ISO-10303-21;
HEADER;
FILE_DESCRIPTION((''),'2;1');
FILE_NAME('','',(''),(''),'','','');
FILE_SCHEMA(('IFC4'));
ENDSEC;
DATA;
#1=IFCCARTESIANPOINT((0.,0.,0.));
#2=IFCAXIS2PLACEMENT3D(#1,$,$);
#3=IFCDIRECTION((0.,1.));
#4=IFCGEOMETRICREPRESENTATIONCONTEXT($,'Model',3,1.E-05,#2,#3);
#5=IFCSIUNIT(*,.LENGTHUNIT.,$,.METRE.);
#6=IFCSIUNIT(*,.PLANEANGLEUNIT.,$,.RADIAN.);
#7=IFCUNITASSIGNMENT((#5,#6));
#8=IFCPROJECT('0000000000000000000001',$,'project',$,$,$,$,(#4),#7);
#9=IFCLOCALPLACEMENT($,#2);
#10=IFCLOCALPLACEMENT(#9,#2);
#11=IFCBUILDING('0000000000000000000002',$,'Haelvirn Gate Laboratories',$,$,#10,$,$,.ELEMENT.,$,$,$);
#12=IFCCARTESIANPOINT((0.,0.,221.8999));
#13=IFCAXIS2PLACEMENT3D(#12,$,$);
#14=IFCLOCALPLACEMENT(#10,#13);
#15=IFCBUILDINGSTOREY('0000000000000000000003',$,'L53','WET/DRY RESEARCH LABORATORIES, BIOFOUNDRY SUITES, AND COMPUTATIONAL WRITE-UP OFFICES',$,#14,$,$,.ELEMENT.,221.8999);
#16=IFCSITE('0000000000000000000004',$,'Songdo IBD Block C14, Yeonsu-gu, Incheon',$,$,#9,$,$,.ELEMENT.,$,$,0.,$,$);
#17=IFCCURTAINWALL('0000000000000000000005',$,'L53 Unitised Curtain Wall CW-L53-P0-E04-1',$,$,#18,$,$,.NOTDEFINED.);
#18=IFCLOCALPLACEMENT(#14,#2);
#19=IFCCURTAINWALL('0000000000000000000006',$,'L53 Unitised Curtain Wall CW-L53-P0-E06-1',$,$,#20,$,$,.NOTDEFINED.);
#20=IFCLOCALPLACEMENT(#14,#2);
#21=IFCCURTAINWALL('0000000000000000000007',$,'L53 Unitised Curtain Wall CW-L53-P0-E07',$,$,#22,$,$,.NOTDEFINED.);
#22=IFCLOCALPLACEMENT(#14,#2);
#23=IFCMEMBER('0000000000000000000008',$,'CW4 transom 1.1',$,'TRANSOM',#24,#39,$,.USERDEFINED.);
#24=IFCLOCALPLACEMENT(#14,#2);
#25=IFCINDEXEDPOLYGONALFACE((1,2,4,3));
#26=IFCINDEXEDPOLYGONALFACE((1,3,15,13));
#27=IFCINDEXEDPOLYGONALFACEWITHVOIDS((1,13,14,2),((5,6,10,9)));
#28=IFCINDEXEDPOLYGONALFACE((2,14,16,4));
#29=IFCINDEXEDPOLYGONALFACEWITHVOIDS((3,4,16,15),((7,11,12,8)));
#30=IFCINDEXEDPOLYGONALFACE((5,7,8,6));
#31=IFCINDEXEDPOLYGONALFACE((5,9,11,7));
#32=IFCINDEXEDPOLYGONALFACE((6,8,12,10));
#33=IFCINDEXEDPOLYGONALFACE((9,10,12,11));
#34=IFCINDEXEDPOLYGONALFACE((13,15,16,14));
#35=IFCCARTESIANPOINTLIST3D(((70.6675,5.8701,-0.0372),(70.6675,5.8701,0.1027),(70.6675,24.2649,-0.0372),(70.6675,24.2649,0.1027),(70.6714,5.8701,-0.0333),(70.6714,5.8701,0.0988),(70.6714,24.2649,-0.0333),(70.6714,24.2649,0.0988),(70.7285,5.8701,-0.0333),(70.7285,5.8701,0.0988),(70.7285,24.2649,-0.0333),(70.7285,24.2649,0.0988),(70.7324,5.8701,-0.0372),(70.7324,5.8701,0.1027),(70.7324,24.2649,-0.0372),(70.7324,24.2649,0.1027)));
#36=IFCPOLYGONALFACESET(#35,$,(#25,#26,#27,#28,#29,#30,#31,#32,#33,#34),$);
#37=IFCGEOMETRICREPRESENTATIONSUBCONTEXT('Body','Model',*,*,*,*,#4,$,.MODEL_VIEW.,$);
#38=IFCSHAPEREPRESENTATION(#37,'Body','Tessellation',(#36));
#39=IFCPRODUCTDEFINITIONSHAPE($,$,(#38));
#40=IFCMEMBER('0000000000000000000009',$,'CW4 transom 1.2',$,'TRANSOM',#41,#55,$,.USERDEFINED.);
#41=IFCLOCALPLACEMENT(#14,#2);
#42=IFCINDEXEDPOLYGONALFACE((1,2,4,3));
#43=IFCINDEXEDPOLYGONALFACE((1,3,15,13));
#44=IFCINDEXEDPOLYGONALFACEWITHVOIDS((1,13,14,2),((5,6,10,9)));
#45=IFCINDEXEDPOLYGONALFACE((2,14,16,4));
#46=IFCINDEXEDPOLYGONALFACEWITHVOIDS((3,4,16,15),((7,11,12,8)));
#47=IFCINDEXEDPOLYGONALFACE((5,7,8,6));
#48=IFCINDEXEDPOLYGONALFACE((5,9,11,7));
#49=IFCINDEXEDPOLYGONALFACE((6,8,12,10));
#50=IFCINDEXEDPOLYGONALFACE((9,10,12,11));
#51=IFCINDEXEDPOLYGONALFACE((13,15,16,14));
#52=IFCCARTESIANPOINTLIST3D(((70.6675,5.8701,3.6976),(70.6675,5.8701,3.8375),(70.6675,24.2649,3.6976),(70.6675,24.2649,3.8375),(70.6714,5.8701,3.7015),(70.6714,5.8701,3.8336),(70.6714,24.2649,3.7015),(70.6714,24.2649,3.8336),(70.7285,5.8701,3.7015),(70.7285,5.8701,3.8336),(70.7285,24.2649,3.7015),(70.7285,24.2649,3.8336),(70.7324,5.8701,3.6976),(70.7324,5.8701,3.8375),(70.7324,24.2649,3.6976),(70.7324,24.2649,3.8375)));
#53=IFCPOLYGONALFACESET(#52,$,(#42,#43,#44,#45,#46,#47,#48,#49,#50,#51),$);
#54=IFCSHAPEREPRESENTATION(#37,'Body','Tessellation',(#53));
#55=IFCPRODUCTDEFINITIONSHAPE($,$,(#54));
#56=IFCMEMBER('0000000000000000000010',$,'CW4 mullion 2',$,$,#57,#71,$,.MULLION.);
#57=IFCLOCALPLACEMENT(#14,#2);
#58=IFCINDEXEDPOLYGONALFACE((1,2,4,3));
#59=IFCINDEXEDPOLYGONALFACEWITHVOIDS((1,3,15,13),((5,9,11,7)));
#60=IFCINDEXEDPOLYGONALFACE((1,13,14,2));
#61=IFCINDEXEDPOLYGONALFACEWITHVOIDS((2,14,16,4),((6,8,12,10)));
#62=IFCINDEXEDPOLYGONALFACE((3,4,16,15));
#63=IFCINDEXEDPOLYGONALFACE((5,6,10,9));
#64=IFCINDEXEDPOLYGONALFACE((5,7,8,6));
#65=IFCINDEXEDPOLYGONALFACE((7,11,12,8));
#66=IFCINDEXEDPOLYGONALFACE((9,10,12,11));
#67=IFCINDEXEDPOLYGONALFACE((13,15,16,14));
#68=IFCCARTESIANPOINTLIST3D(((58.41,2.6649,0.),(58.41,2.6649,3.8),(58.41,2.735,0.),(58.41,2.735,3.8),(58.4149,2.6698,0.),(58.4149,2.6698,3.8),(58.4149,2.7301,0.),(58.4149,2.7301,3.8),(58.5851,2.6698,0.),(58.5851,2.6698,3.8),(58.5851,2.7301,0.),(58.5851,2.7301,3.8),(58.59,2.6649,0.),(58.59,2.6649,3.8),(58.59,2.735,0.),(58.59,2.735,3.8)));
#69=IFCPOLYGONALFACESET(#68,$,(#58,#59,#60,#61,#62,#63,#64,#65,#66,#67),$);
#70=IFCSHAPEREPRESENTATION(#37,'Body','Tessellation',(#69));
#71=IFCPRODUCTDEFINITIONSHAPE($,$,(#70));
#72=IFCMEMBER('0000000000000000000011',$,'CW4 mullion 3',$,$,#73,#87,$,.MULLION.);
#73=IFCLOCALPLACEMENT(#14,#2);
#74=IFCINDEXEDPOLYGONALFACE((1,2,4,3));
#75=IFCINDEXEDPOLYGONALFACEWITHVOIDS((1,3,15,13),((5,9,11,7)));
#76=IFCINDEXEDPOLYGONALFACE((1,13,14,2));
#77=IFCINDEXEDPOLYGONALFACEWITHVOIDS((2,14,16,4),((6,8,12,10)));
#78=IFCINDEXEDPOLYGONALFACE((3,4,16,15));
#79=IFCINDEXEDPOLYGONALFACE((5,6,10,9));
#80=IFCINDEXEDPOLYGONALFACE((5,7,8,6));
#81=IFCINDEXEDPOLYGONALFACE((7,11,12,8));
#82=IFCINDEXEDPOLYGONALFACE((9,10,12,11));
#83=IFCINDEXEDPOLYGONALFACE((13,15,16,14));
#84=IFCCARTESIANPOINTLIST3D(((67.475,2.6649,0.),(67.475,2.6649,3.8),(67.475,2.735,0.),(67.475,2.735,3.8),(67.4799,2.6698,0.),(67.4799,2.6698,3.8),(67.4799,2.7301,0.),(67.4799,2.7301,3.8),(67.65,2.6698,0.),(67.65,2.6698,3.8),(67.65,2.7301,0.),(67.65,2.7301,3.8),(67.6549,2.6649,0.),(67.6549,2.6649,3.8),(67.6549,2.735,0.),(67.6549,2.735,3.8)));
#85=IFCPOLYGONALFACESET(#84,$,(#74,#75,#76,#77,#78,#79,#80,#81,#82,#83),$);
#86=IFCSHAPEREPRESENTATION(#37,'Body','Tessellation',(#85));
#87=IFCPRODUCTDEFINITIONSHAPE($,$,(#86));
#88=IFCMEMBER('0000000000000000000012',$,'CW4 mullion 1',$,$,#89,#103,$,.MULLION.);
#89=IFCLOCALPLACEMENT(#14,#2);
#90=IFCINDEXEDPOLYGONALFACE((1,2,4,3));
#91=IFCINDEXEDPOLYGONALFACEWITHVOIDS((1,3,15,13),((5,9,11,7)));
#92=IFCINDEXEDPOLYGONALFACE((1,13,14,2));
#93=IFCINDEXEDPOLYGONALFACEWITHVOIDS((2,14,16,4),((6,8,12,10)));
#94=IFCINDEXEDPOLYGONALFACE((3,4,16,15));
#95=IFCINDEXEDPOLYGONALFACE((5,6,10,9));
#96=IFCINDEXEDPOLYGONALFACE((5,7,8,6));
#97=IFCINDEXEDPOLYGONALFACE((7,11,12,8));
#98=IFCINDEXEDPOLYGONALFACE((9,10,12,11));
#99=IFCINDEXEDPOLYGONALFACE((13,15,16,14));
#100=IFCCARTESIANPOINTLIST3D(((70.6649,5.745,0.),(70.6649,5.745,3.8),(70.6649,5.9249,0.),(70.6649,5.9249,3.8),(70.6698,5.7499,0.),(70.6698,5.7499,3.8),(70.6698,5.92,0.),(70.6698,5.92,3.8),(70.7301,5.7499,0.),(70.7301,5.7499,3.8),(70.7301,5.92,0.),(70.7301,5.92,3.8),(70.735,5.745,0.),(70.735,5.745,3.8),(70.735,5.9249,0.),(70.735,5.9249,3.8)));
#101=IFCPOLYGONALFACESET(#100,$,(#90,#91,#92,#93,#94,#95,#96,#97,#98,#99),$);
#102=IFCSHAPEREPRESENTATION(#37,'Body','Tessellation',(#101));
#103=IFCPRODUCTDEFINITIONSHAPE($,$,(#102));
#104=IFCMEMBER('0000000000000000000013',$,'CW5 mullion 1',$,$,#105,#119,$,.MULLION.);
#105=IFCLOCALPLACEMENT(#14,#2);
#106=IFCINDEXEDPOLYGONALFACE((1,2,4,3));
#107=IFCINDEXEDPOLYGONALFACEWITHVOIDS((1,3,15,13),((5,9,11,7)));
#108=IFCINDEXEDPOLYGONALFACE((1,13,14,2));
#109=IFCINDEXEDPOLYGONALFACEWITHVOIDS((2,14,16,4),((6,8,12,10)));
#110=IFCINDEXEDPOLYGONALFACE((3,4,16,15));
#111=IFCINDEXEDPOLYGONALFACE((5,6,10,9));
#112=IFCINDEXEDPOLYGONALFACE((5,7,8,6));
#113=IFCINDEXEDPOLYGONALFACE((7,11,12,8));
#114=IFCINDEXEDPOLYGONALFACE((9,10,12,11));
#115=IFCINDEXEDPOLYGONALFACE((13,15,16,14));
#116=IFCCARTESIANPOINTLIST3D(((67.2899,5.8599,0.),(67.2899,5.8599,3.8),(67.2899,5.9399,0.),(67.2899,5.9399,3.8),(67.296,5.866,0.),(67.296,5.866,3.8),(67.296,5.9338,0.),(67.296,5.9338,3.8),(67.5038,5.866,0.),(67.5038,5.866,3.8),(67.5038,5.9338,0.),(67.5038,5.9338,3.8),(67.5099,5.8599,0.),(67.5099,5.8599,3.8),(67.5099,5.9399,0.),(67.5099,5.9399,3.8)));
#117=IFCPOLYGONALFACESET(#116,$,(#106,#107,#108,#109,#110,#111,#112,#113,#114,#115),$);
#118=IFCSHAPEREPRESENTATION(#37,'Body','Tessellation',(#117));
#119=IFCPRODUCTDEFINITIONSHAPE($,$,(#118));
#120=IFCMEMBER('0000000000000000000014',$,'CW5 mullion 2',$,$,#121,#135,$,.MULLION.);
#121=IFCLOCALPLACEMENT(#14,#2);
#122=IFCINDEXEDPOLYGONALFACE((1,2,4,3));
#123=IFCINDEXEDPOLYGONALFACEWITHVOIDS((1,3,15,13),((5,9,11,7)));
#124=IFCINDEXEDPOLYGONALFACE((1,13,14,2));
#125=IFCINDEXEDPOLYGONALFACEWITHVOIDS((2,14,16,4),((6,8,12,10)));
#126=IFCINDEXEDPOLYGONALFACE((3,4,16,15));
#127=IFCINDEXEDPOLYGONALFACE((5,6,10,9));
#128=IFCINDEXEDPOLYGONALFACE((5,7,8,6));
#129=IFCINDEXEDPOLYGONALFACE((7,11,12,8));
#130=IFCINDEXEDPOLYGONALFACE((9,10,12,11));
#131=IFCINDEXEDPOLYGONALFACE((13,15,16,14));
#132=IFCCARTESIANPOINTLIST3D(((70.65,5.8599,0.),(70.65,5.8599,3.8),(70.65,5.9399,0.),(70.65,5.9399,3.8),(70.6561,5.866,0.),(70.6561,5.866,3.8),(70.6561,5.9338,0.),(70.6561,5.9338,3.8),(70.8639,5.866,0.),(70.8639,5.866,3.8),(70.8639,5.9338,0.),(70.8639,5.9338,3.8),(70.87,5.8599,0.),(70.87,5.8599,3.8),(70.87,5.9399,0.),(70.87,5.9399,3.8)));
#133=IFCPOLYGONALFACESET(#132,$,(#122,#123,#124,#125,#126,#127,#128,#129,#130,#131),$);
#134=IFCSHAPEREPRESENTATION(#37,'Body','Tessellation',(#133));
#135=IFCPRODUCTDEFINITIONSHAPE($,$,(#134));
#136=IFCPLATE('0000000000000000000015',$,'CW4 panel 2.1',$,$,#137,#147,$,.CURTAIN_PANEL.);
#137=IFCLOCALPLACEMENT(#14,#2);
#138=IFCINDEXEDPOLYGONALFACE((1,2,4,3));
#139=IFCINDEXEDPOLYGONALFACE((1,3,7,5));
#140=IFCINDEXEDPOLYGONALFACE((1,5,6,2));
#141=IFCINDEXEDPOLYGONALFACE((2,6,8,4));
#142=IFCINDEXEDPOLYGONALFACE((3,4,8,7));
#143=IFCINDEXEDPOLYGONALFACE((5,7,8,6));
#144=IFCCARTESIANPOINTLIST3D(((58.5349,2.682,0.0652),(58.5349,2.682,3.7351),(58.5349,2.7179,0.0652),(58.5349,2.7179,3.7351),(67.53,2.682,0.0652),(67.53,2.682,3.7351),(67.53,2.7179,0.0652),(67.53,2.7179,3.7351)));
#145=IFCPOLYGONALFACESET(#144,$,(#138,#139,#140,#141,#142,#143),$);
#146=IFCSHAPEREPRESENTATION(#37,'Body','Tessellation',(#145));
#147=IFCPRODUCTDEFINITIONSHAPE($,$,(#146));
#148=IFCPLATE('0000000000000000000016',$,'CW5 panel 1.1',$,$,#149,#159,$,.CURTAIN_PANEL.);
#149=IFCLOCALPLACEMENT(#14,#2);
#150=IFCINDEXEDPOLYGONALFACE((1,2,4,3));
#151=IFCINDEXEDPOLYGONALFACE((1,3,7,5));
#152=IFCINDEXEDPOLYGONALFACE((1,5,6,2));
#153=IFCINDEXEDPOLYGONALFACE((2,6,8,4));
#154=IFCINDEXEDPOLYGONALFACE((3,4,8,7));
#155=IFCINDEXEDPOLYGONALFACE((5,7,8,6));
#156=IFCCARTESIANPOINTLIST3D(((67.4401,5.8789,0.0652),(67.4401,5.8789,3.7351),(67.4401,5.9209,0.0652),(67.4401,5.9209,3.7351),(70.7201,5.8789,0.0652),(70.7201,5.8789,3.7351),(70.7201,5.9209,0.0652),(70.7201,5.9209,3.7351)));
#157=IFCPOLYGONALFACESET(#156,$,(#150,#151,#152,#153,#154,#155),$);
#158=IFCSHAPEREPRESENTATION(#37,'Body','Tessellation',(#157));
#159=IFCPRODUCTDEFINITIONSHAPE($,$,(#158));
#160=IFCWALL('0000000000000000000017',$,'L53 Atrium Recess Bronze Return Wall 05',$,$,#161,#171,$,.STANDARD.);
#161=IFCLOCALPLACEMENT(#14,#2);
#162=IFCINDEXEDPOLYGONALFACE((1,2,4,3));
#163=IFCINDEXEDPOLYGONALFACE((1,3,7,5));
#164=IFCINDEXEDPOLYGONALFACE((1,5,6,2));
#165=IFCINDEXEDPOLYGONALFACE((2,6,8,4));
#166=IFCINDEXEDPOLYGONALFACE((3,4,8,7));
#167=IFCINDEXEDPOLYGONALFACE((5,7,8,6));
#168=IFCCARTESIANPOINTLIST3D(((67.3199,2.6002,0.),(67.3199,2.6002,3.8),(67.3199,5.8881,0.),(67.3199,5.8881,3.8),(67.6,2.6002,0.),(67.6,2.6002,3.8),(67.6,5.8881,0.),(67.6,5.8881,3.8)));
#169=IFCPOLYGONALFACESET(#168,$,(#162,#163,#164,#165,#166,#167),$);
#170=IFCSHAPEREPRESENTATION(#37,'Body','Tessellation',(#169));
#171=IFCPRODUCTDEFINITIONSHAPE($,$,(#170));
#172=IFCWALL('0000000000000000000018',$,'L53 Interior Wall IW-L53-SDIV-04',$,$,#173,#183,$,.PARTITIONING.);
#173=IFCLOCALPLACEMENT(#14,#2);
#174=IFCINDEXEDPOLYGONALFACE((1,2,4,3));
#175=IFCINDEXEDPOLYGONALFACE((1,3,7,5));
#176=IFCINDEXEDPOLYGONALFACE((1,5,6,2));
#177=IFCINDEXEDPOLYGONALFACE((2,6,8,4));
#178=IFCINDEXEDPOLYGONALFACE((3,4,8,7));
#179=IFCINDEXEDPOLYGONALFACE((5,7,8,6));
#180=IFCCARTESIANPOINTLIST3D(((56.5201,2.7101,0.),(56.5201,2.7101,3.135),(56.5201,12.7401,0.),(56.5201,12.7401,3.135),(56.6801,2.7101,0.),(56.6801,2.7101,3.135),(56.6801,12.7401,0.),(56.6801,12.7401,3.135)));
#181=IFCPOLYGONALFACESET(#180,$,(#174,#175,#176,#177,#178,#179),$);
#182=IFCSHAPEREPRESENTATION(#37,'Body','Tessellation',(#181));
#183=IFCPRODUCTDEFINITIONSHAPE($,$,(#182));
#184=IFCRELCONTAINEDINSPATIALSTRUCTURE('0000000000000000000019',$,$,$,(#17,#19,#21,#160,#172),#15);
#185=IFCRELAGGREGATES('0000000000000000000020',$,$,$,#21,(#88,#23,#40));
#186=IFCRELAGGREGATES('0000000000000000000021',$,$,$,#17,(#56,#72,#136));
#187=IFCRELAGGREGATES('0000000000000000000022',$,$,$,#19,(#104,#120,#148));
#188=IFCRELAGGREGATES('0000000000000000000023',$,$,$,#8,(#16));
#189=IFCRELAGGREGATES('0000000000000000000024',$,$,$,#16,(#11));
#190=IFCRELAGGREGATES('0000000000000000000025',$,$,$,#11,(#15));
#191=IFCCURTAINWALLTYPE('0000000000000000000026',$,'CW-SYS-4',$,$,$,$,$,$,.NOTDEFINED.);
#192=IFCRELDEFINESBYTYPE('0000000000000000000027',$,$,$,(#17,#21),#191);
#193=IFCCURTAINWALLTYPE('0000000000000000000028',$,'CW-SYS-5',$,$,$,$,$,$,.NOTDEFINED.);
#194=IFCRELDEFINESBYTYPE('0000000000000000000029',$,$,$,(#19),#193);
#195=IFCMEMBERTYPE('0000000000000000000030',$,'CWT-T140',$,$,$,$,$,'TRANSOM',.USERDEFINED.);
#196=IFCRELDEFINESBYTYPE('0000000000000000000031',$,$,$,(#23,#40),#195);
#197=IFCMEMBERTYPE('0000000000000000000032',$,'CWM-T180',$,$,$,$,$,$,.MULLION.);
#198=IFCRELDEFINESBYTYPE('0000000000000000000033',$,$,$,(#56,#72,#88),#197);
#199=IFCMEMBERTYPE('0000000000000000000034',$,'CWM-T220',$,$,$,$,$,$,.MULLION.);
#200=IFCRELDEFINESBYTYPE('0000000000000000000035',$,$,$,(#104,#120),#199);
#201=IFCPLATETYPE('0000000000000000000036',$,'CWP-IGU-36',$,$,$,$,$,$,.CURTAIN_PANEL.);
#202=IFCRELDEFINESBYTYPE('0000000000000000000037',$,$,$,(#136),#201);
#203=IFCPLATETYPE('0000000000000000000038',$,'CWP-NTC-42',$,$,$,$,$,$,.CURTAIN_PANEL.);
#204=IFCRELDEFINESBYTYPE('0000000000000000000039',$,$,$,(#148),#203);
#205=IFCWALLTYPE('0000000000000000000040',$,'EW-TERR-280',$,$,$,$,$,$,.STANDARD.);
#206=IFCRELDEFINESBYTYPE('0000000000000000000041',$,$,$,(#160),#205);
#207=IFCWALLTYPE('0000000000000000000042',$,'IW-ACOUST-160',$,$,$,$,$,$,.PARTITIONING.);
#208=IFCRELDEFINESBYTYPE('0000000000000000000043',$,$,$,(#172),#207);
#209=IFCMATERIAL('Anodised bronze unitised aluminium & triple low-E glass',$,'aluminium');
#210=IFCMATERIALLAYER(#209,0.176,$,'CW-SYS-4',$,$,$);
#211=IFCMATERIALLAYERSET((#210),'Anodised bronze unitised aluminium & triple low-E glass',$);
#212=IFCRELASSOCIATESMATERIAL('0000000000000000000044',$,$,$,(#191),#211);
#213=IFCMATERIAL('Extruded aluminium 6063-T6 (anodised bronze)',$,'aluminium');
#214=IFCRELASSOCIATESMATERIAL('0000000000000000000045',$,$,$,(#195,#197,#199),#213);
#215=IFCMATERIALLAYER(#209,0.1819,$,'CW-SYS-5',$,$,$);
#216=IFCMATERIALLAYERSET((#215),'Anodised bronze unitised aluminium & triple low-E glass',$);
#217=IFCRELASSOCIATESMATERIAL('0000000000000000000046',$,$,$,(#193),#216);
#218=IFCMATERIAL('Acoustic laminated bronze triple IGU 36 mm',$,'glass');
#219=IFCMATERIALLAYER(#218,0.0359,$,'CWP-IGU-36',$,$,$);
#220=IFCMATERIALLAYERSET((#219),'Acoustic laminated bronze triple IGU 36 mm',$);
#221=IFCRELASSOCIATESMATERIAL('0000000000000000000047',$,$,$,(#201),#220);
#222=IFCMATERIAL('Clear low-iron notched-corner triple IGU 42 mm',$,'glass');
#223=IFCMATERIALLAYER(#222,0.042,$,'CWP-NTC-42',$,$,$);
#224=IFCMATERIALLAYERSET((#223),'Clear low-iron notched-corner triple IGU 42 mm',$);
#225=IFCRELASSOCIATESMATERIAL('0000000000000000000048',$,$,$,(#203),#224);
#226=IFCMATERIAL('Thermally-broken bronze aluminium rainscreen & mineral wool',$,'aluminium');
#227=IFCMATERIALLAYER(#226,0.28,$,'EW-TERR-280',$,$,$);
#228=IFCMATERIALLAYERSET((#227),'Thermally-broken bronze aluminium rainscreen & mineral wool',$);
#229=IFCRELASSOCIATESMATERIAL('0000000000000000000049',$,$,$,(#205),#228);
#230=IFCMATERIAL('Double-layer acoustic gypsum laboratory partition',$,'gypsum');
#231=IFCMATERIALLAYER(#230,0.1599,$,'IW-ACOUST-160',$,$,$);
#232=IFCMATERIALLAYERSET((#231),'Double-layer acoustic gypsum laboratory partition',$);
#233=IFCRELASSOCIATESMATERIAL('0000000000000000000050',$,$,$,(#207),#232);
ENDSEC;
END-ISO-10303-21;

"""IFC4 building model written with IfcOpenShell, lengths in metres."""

from ifc_helpers import new_model, si_unit, direction, frame, frame_2d, origin, origin_2d, place, context, subcontext, project, spatial, rectangle, hollow_rectangle, extrude, source, transform, mapped, material, layer, layer_set, material_profile, profile_set, type_object, type_shapes, element, aggregate, save


model = new_model("IFC4")

# Units and contexts
model_context = context("Model", 3, precision=1e-05, world=origin(), true_north=direction((0.0, 1.0)))
body_context = subcontext(model_context, "Body", "Model", "MODEL_VIEW")
ifc_project = project(units=[si_unit("LENGTHUNIT", "METRE"), si_unit("PLANEANGLEUNIT", "RADIAN")], contexts=[model_context])

# Site, building, storey
site_placement = place(None, origin())
site = spatial("IfcSite", under=ifc_project, at=site_placement, Name="Songdo IBD Block C14, Yeonsu-gu, Incheon", CompositionType="ELEMENT", RefElevation=0.0)
building_placement = place(site_placement, origin())
building = spatial("IfcBuilding", under=site, at=building_placement, Name="Haelvirn Gate Laboratories", CompositionType="ELEMENT")
storey_placement = place(building_placement, frame((0.0, 0.0, 221.8999)))
storey = spatial("IfcBuildingStorey", under=building, at=storey_placement, Name="L53", Description="WET/DRY RESEARCH LABORATORIES, BIOFOUNDRY SUITES, AND COMPUTATIONAL WRITE-UP OFFICES", CompositionType="ELEMENT", Elevation=221.8999)

# Curtain walls, members
ifc_material_1 = material(Name="Anodised bronze unitised aluminium & triple low-E glass", Category="aluminium")
ifc_layer_1 = layer(ifc_material_1, 0.176, Name="CW-SYS-4")
ifc_layer_set_1 = layer_set([ifc_layer_1], Name="Anodised bronze unitised aluminium & triple low-E glass")
curtain_wall_type_1 = type_object("IfcCurtainWallType", Name="CW-SYS-4", PredefinedType="NOTDEFINED", material=ifc_layer_set_1)
curtain_wall_1_placement = place(storey_placement, origin())
curtain_wall_1 = element("IfcCurtainWall", 1, at=curtain_wall_1_placement, inside=storey, type_object=curtain_wall_type_1, Name="L53 Unitised Curtain Wall CW-L53-P0-E04-1", PredefinedType="NOTDEFINED")
ifc_material_2 = material(Name="Extruded aluminium 6063-T6 (anodised bronze)", Category="aluminium")
ifc_material_profile_1 = material_profile(ifc_material_2, hollow_rectangle(XDim=0.0649, YDim=0.1399, WallThickness=0.0039, at=origin_2d()), Name="CWT-140x65x4")
ifc_profile_set_1 = profile_set([ifc_material_profile_1], Name="Extruded aluminium 6063-T6 (anodised bronze)")
member_type_1 = type_object("IfcMemberType", Name="CWT-T140", ElementType="TRANSOM", PredefinedType="USERDEFINED", material=ifc_profile_set_1)
ifc_layer_2 = layer(ifc_material_1, 0.1819, Name="CW-SYS-5")
ifc_layer_set_2 = layer_set([ifc_layer_2], Name="Anodised bronze unitised aluminium & triple low-E glass")
curtain_wall_type_2 = type_object("IfcCurtainWallType", Name="CW-SYS-5", PredefinedType="NOTDEFINED", material=ifc_layer_set_2)
curtain_wall_2_placement = place(storey_placement, origin())
curtain_wall_2 = element("IfcCurtainWall", 2, at=curtain_wall_2_placement, inside=storey, type_object=curtain_wall_type_2, Name="L53 Unitised Curtain Wall CW-L53-P0-E06-1", PredefinedType="NOTDEFINED")
curtain_wall_3_placement = place(storey_placement, origin())
curtain_wall_3 = element("IfcCurtainWall", 3, at=curtain_wall_3_placement, inside=storey, type_object=curtain_wall_type_1, Name="L53 Unitised Curtain Wall CW-L53-P0-E07", PredefinedType="NOTDEFINED")
shared_shape_1 = source(origin(), body_context, "Body", "SweptSolid", [
    extrude(hollow_rectangle(XDim=0.0649, YDim=0.1399, WallThickness=0.0039, at=origin_2d()), origin(), (0.0, 0.0, 1.0), 18.3948),
])
member_1_placement = place(storey_placement, frame((70.7, 5.8701, 0.0327), z_axis=(0.0, 1.0, 0.0), x_axis=(-1.0, 0.0, 0.0)))
member_1 = element("IfcMember", 4, at=member_1_placement, type_object=member_type_1, Name="CW4 transom 1.1", ObjectType="TRANSOM", PredefinedType="USERDEFINED", context=body_context, shape_type="MappedRepresentation", body=[
    mapped(shared_shape_1, transform((0.0, 0.0, 0.0), scale=1.0)),
])
member_2_placement = place(storey_placement, frame((70.7, 5.8701, 3.7676), z_axis=(0.0, 1.0, 0.0), x_axis=(-1.0, 0.0, 0.0)))
member_2 = element("IfcMember", 5, at=member_2_placement, type_object=member_type_1, Name="CW4 transom 1.2", ObjectType="TRANSOM", PredefinedType="USERDEFINED", context=body_context, shape_type="MappedRepresentation", body=[
    mapped(shared_shape_1, transform((0.0, 0.0, 0.0), scale=1.0)),
])

# Members
ifc_material_profile_2 = material_profile(ifc_material_2, hollow_rectangle(XDim=0.0701, YDim=0.1799, WallThickness=0.0049, at=origin_2d()), Name="CWM-180x70x5")
ifc_profile_set_2 = profile_set([ifc_material_profile_2], Name="Extruded aluminium 6063-T6 (anodised bronze)")
member_type_2 = type_object("IfcMemberType", Name="CWM-T180", PredefinedType="MULLION", material=ifc_profile_set_2)
shared_shape_2 = source(origin(), body_context, "Body", "SweptSolid", [
    extrude(hollow_rectangle(XDim=0.0701, YDim=0.1799, WallThickness=0.0049, at=origin_2d()), origin(), (0.0, 0.0, 1.0), 3.8),
])
type_shapes(member_type_2, [shared_shape_2])
member_3_placement = place(storey_placement, frame((58.5, 2.7, 0.0), z_axis=(0.0, 0.0, 1.0), x_axis=(0.0, 1.0, 0.0)))
member_3 = element("IfcMember", 6, at=member_3_placement, type_object=member_type_2, Name="CW4 mullion 2", PredefinedType="MULLION", context=body_context, shape_type="MappedRepresentation", body=[
    mapped(shared_shape_2, transform((0.0, 0.0, 0.0), scale=1.0)),
])
member_4_placement = place(storey_placement, frame((67.5649, 2.7, 0.0), z_axis=(0.0, 0.0, 1.0), x_axis=(0.0, 1.0, 0.0)))
member_4 = element("IfcMember", 7, at=member_4_placement, type_object=member_type_2, Name="CW4 mullion 3", PredefinedType="MULLION", context=body_context, shape_type="MappedRepresentation", body=[
    mapped(shared_shape_2, transform((0.0, 0.0, 0.0), scale=1.0)),
])
member_5_placement = place(storey_placement, frame((70.7, 5.835, 0.0), z_axis=(0.0, 0.0, 1.0), x_axis=(-1.0, 0.0, 0.0)))
member_5 = element("IfcMember", 8, at=member_5_placement, type_object=member_type_2, Name="CW4 mullion 1", PredefinedType="MULLION", context=body_context, shape_type="MappedRepresentation", body=[
    mapped(shared_shape_2, transform((0.0, 0.0, 0.0), scale=1.0)),
])
aggregate(curtain_wall_3, [member_5, member_1, member_2])
ifc_material_profile_3 = material_profile(ifc_material_2, hollow_rectangle(XDim=0.0801, YDim=0.22, WallThickness=0.0061, at=origin_2d()), Name="CWM-220x80x6")
ifc_profile_set_3 = profile_set([ifc_material_profile_3], Name="Extruded aluminium 6063-T6 (anodised bronze)")
member_type_3 = type_object("IfcMemberType", Name="CWM-T220", PredefinedType="MULLION", material=ifc_profile_set_3)
shared_shape_3 = source(origin(), body_context, "Body", "SweptSolid", [
    extrude(hollow_rectangle(XDim=0.0801, YDim=0.22, WallThickness=0.0061, at=origin_2d()), origin(), (0.0, 0.0, 1.0), 3.8),
])
type_shapes(member_type_3, [shared_shape_3])
member_6_placement = place(storey_placement, frame((67.3999, 5.8999, 0.0), z_axis=(0.0, 0.0, 1.0), x_axis=(0.0, 1.0, 0.0)))
member_6 = element("IfcMember", 9, at=member_6_placement, type_object=member_type_3, Name="CW5 mullion 1", PredefinedType="MULLION", context=body_context, shape_type="MappedRepresentation", body=[
    mapped(shared_shape_3, transform((0.0, 0.0, 0.0), scale=1.0)),
])
member_7_placement = place(storey_placement, frame((70.76, 5.8999, 0.0), z_axis=(0.0, 0.0, 1.0), x_axis=(0.0, 1.0, 0.0)))
member_7 = element("IfcMember", 10, at=member_7_placement, type_object=member_type_3, Name="CW5 mullion 2", PredefinedType="MULLION", context=body_context, shape_type="MappedRepresentation", body=[
    mapped(shared_shape_3, transform((0.0, 0.0, 0.0), scale=1.0)),
])

# Plates
ifc_material_3 = material(Name="Acoustic laminated bronze triple IGU 36 mm", Category="glass")
ifc_layer_3 = layer(ifc_material_3, 0.0359, Name="CWP-IGU-36")
ifc_layer_set_3 = layer_set([ifc_layer_3], Name="Acoustic laminated bronze triple IGU 36 mm")
plate_type_1 = type_object("IfcPlateType", Name="CWP-IGU-36", PredefinedType="CURTAIN_PANEL", material=ifc_layer_set_3)
shared_shape_4 = source(origin(), body_context, "Body", "SweptSolid", [
    extrude(rectangle(XDim=8.9951, YDim=0.0359, at=origin_2d()), origin(), (0.0, 0.0, 1.0), 3.6699),
])
type_shapes(plate_type_1, [shared_shape_4])
plate_1_placement = place(storey_placement, frame((63.0325, 2.7, 0.0652), z_axis=(0.0, 0.0, 1.0), x_axis=(1.0, 0.0, 0.0)))
plate_1 = element("IfcPlate", 11, at=plate_1_placement, type_object=plate_type_1, Name="CW4 panel 2.1", PredefinedType="CURTAIN_PANEL", context=body_context, shape_type="MappedRepresentation", body=[
    mapped(shared_shape_4, transform((0.0, 0.0, 0.0), scale=1.0)),
])
aggregate(curtain_wall_1, [member_3, member_4, plate_1])
ifc_material_4 = material(Name="Clear low-iron notched-corner triple IGU 42 mm", Category="glass")
ifc_layer_4 = layer(ifc_material_4, 0.042, Name="CWP-NTC-42")
ifc_layer_set_4 = layer_set([ifc_layer_4], Name="Clear low-iron notched-corner triple IGU 42 mm")
plate_type_2 = type_object("IfcPlateType", Name="CWP-NTC-42", PredefinedType="CURTAIN_PANEL", material=ifc_layer_set_4)
shared_shape_5 = source(origin(), body_context, "Body", "SweptSolid", [
    extrude(rectangle(XDim=3.28, YDim=0.042, at=origin_2d()), origin(), (0.0, 0.0, 1.0), 3.6699),
])
type_shapes(plate_type_2, [shared_shape_5])
plate_2_placement = place(storey_placement, frame((69.0801, 5.8999, 0.0652), z_axis=(0.0, 0.0, 1.0), x_axis=(1.0, 0.0, 0.0)))
plate_2 = element("IfcPlate", 12, at=plate_2_placement, type_object=plate_type_2, Name="CW5 panel 1.1", PredefinedType="CURTAIN_PANEL", context=body_context, shape_type="MappedRepresentation", body=[
    mapped(shared_shape_5, transform((0.0, 0.0, 0.0), scale=1.0)),
])
aggregate(curtain_wall_2, [member_6, member_7, plate_2])

# Walls
ifc_material_5 = material(Name="Thermally-broken bronze aluminium rainscreen & mineral wool", Category="aluminium")
ifc_layer_5 = layer(ifc_material_5, 0.28, Name="EW-TERR-280")
ifc_layer_set_5 = layer_set([ifc_layer_5], Name="Thermally-broken bronze aluminium rainscreen & mineral wool")
wall_type_1 = type_object("IfcWallType", Name="EW-TERR-280", PredefinedType="STANDARD", material=ifc_layer_set_5)
wall_1_placement = place(storey_placement, frame((67.46, 2.6001, 0.0), z_axis=(0.0, 0.0, 1.0), x_axis=(0.0, 1.0, 0.0)))
element("IfcWall", 13, at=wall_1_placement, inside=storey, type_object=wall_type_1, Name="L53 Atrium Recess Bronze Return Wall 05", PredefinedType="STANDARD", context=body_context, shape_type="SweptSolid", body=[
    extrude(rectangle(XDim=3.2878, YDim=0.28, at=frame_2d((1.644, 0.0))), origin(), (0.0, 0.0, 1.0), 3.8),
])
ifc_material_6 = material(Name="Double-layer acoustic gypsum laboratory partition", Category="gypsum")
ifc_layer_6 = layer(ifc_material_6, 0.1599, Name="IW-ACOUST-160")
ifc_layer_set_6 = layer_set([ifc_layer_6], Name="Double-layer acoustic gypsum laboratory partition")
wall_type_2 = type_object("IfcWallType", Name="IW-ACOUST-160", PredefinedType="PARTITIONING", material=ifc_layer_set_6)
wall_2_placement = place(storey_placement, frame((56.6001, 2.71, 0.0), z_axis=(0.0, 0.0, 1.0), x_axis=(0.0, 1.0, 0.0)))
element("IfcWall", 14, at=wall_2_placement, inside=storey, type_object=wall_type_2, Name="L53 Interior Wall IW-L53-SDIV-04", PredefinedType="PARTITIONING", context=body_context, shape_type="SweptSolid", body=[
    extrude(rectangle(XDim=10.03, YDim=0.1599, at=frame_2d((5.0151, 0.0))), origin(), (0.0, 0.0, 1.0), 3.135),
])

save(model, "model.ifc")
